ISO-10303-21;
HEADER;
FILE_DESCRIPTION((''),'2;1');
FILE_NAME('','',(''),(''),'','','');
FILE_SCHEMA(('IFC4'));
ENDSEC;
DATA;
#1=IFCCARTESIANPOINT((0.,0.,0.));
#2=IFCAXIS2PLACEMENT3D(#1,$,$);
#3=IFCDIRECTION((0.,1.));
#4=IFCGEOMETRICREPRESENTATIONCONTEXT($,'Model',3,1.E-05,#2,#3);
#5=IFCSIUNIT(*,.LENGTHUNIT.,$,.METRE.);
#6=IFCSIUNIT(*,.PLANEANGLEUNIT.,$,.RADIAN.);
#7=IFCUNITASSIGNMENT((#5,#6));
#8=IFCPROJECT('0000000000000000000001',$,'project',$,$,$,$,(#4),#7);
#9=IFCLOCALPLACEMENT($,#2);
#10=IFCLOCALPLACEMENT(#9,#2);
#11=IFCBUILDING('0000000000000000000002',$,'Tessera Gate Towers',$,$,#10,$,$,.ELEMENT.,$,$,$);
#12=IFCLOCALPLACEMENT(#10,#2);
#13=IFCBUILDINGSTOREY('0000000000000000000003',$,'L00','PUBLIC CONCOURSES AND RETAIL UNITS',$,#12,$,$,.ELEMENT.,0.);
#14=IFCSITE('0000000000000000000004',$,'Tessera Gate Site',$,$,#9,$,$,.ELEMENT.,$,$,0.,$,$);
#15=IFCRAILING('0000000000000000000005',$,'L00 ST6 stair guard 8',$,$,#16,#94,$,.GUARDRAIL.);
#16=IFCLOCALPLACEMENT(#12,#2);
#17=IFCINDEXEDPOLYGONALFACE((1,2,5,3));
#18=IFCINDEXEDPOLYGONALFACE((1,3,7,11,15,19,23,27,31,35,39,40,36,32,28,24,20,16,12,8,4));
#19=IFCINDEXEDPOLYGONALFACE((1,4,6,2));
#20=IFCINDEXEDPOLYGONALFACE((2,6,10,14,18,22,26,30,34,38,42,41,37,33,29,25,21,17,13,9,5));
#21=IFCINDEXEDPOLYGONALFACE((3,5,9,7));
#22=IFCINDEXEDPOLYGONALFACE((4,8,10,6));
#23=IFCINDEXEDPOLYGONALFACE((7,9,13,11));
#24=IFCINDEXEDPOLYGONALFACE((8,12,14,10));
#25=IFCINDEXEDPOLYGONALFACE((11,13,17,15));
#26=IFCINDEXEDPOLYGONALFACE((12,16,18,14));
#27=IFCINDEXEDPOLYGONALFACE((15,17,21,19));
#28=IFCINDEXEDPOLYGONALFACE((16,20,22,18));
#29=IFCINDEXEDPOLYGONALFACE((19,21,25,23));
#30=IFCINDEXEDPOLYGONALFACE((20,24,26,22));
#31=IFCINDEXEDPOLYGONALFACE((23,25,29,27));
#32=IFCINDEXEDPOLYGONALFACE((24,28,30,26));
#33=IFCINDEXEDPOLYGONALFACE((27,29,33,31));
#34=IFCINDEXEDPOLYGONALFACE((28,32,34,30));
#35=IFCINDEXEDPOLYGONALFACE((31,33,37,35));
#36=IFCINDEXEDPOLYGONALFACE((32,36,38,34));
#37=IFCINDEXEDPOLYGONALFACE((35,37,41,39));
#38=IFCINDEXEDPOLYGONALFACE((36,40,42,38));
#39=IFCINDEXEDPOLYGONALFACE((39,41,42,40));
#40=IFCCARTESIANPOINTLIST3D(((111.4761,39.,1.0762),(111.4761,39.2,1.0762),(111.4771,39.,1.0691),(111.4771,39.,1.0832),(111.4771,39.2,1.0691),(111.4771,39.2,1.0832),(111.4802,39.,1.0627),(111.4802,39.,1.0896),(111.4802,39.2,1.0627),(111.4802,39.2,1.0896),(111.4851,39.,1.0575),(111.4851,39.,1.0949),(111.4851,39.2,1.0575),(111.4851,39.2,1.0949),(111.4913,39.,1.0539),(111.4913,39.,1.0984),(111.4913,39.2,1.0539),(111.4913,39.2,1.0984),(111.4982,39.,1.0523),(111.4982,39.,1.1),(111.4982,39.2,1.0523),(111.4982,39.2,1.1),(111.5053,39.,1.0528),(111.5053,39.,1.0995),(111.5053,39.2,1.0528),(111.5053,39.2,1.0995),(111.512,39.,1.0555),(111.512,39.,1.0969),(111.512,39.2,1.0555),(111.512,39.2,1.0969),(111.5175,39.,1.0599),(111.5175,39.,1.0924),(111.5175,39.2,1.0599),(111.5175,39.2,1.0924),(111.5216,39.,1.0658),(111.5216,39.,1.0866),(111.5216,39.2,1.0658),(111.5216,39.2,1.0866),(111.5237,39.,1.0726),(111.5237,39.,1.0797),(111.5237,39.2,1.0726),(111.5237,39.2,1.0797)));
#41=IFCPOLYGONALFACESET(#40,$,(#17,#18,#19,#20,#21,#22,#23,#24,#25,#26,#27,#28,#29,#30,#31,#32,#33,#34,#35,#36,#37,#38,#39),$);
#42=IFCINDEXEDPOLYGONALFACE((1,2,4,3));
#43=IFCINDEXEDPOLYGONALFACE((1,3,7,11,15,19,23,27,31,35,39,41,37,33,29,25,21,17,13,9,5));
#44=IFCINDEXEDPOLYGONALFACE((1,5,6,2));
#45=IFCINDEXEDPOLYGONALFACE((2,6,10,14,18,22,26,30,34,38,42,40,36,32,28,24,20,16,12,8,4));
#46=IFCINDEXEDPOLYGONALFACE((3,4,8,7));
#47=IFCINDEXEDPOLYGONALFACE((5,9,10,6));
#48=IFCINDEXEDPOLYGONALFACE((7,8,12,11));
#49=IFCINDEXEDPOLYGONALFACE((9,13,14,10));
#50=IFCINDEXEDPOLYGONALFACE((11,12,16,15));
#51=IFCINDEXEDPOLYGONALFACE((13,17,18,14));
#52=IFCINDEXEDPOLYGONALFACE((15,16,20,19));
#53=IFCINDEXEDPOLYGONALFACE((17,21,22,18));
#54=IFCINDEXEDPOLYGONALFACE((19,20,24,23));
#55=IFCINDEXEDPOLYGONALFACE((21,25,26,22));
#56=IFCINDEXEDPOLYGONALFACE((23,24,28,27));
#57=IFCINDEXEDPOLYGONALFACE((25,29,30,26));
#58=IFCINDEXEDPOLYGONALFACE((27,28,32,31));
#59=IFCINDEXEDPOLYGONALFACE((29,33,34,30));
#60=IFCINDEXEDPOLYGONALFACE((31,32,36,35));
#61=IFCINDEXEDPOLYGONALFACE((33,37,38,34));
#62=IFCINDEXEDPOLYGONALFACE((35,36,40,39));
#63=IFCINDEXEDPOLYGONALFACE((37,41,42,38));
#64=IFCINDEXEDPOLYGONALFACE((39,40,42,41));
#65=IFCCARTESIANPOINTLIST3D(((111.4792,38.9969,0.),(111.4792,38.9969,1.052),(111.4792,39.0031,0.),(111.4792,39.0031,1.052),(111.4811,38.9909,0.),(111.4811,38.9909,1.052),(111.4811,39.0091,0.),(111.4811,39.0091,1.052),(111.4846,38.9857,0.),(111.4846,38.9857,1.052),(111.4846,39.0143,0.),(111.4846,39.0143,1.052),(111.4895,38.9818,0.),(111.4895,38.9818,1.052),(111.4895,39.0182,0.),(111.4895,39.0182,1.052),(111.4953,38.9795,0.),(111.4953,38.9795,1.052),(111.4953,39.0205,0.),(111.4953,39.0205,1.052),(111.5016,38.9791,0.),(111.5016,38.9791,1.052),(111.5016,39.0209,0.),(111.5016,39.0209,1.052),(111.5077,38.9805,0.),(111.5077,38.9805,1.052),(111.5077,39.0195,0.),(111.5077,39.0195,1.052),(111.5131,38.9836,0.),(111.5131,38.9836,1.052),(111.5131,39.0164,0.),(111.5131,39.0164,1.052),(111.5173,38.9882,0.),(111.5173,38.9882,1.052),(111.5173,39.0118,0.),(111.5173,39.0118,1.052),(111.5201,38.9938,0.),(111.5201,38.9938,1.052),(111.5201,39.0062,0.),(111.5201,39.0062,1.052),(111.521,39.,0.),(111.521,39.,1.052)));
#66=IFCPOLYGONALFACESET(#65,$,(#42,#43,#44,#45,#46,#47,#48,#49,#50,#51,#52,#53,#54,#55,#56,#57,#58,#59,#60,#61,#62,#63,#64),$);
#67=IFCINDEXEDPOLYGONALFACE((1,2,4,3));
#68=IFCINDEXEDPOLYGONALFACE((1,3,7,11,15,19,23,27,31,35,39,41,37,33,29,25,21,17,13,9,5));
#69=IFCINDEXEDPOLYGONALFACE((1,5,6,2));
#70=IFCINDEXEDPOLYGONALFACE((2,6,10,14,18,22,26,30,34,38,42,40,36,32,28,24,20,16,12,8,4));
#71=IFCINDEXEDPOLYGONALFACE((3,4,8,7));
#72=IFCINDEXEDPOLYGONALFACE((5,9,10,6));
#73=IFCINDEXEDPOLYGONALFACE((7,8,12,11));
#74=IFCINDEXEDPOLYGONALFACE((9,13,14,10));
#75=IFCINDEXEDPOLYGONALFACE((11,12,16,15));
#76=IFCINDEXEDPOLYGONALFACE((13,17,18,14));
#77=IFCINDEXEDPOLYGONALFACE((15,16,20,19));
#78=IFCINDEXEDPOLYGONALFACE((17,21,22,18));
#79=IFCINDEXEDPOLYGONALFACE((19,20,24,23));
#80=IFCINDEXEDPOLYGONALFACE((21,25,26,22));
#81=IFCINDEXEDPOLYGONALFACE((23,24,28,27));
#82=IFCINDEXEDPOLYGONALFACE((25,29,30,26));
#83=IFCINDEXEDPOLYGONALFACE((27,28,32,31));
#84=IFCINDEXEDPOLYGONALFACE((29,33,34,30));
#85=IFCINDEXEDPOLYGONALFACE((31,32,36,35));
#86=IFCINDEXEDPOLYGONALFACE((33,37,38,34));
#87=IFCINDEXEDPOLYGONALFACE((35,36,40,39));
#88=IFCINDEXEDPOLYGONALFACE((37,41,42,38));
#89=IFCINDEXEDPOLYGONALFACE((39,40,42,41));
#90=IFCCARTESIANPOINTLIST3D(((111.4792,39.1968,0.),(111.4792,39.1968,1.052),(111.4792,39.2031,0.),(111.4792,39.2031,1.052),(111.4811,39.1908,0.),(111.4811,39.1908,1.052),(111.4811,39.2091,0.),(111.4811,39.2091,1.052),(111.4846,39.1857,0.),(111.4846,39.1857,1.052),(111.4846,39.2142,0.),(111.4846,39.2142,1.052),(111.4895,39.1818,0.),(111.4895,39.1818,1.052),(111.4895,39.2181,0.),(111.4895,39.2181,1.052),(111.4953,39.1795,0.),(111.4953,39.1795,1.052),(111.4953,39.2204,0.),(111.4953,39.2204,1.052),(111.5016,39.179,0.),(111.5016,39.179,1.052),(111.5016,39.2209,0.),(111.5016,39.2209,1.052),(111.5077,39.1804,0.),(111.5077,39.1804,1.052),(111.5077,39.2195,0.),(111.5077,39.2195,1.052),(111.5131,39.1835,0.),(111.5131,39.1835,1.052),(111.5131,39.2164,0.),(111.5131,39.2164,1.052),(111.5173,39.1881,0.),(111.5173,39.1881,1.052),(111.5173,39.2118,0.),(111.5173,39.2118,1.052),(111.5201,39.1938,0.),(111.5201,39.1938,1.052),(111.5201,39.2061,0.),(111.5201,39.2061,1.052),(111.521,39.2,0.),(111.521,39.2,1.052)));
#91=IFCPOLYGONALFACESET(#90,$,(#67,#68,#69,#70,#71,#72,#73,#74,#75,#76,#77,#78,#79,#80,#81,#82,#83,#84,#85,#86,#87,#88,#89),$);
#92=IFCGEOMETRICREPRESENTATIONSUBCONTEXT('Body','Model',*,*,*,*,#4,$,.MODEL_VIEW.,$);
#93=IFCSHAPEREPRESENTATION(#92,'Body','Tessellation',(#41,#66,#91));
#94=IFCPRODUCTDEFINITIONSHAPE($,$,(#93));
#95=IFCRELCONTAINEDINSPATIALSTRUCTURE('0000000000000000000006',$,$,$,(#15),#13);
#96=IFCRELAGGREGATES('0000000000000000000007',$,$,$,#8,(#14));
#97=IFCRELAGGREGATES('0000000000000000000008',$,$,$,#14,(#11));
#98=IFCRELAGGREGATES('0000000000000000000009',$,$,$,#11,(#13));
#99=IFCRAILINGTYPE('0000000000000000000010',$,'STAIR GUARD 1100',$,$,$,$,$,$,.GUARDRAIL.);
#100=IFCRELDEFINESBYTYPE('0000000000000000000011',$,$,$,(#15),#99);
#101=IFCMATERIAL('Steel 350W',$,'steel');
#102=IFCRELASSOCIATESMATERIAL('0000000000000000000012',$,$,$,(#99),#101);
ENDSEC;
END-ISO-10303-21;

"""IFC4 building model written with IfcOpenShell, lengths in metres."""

from ifc_helpers import new_model, si_unit, direction, frame, origin, origin_2d, place, context, subcontext, project, spatial, circle, extrude, material, type_object, element, save


model = new_model("IFC4")

# Units and contexts
model_context = context("Model", 3, precision=1e-05, world=origin(), true_north=direction((0.0, 1.0)))
body_context = subcontext(model_context, "Body", "Model", "MODEL_VIEW")
ifc_project = project(units=[si_unit("LENGTHUNIT", "METRE"), si_unit("PLANEANGLEUNIT", "RADIAN")], contexts=[model_context])

# Site, building, storey
site_placement = place(None, origin())
site = spatial("IfcSite", under=ifc_project, at=site_placement, Name="Tessera Gate Site", CompositionType="ELEMENT", RefElevation=0.0)
building_placement = place(site_placement, origin())
building = spatial("IfcBuilding", under=site, at=building_placement, Name="Tessera Gate Towers", CompositionType="ELEMENT")
storey_placement = place(building_placement, origin())
storey = spatial("IfcBuildingStorey", under=building, at=storey_placement, Name="L00", Description="PUBLIC CONCOURSES AND RETAIL UNITS", CompositionType="ELEMENT", Elevation=0.0)

# Railing
ifc_material_1 = material(Name="Steel 350W", Category="steel")
railing_type_1 = type_object("IfcRailingType", Name="STAIR GUARD 1100", PredefinedType="GUARDRAIL", material=ifc_material_1)
railing_1_placement = place(storey_placement, frame((111.5, 39.0, 0.0)))
element("IfcRailing", 1, at=railing_1_placement, inside=storey, type_object=railing_type_1, Name="L00 ST6 stair guard 8", PredefinedType="GUARDRAIL", context=body_context, shape_type="SweptSolid", body=[
    extrude(circle(Radius=0.0239, at=origin_2d()), frame((0.0, 0.0, 1.0762), z_axis=(0.0, 1.0, 0.0), x_axis=(-1.0, 0.0, 0.0)), (0.0, 0.0, 1.0), 0.2),
    extrude(circle(Radius=0.021, at=origin_2d()), origin(), (0.0, 0.0, 1.0), 1.052),
    extrude(circle(Radius=0.021, at=origin_2d()), frame((0.0, 0.2, 0.0)), (0.0, 0.0, 1.0), 1.052),
])

save(model, "model.ifc")
